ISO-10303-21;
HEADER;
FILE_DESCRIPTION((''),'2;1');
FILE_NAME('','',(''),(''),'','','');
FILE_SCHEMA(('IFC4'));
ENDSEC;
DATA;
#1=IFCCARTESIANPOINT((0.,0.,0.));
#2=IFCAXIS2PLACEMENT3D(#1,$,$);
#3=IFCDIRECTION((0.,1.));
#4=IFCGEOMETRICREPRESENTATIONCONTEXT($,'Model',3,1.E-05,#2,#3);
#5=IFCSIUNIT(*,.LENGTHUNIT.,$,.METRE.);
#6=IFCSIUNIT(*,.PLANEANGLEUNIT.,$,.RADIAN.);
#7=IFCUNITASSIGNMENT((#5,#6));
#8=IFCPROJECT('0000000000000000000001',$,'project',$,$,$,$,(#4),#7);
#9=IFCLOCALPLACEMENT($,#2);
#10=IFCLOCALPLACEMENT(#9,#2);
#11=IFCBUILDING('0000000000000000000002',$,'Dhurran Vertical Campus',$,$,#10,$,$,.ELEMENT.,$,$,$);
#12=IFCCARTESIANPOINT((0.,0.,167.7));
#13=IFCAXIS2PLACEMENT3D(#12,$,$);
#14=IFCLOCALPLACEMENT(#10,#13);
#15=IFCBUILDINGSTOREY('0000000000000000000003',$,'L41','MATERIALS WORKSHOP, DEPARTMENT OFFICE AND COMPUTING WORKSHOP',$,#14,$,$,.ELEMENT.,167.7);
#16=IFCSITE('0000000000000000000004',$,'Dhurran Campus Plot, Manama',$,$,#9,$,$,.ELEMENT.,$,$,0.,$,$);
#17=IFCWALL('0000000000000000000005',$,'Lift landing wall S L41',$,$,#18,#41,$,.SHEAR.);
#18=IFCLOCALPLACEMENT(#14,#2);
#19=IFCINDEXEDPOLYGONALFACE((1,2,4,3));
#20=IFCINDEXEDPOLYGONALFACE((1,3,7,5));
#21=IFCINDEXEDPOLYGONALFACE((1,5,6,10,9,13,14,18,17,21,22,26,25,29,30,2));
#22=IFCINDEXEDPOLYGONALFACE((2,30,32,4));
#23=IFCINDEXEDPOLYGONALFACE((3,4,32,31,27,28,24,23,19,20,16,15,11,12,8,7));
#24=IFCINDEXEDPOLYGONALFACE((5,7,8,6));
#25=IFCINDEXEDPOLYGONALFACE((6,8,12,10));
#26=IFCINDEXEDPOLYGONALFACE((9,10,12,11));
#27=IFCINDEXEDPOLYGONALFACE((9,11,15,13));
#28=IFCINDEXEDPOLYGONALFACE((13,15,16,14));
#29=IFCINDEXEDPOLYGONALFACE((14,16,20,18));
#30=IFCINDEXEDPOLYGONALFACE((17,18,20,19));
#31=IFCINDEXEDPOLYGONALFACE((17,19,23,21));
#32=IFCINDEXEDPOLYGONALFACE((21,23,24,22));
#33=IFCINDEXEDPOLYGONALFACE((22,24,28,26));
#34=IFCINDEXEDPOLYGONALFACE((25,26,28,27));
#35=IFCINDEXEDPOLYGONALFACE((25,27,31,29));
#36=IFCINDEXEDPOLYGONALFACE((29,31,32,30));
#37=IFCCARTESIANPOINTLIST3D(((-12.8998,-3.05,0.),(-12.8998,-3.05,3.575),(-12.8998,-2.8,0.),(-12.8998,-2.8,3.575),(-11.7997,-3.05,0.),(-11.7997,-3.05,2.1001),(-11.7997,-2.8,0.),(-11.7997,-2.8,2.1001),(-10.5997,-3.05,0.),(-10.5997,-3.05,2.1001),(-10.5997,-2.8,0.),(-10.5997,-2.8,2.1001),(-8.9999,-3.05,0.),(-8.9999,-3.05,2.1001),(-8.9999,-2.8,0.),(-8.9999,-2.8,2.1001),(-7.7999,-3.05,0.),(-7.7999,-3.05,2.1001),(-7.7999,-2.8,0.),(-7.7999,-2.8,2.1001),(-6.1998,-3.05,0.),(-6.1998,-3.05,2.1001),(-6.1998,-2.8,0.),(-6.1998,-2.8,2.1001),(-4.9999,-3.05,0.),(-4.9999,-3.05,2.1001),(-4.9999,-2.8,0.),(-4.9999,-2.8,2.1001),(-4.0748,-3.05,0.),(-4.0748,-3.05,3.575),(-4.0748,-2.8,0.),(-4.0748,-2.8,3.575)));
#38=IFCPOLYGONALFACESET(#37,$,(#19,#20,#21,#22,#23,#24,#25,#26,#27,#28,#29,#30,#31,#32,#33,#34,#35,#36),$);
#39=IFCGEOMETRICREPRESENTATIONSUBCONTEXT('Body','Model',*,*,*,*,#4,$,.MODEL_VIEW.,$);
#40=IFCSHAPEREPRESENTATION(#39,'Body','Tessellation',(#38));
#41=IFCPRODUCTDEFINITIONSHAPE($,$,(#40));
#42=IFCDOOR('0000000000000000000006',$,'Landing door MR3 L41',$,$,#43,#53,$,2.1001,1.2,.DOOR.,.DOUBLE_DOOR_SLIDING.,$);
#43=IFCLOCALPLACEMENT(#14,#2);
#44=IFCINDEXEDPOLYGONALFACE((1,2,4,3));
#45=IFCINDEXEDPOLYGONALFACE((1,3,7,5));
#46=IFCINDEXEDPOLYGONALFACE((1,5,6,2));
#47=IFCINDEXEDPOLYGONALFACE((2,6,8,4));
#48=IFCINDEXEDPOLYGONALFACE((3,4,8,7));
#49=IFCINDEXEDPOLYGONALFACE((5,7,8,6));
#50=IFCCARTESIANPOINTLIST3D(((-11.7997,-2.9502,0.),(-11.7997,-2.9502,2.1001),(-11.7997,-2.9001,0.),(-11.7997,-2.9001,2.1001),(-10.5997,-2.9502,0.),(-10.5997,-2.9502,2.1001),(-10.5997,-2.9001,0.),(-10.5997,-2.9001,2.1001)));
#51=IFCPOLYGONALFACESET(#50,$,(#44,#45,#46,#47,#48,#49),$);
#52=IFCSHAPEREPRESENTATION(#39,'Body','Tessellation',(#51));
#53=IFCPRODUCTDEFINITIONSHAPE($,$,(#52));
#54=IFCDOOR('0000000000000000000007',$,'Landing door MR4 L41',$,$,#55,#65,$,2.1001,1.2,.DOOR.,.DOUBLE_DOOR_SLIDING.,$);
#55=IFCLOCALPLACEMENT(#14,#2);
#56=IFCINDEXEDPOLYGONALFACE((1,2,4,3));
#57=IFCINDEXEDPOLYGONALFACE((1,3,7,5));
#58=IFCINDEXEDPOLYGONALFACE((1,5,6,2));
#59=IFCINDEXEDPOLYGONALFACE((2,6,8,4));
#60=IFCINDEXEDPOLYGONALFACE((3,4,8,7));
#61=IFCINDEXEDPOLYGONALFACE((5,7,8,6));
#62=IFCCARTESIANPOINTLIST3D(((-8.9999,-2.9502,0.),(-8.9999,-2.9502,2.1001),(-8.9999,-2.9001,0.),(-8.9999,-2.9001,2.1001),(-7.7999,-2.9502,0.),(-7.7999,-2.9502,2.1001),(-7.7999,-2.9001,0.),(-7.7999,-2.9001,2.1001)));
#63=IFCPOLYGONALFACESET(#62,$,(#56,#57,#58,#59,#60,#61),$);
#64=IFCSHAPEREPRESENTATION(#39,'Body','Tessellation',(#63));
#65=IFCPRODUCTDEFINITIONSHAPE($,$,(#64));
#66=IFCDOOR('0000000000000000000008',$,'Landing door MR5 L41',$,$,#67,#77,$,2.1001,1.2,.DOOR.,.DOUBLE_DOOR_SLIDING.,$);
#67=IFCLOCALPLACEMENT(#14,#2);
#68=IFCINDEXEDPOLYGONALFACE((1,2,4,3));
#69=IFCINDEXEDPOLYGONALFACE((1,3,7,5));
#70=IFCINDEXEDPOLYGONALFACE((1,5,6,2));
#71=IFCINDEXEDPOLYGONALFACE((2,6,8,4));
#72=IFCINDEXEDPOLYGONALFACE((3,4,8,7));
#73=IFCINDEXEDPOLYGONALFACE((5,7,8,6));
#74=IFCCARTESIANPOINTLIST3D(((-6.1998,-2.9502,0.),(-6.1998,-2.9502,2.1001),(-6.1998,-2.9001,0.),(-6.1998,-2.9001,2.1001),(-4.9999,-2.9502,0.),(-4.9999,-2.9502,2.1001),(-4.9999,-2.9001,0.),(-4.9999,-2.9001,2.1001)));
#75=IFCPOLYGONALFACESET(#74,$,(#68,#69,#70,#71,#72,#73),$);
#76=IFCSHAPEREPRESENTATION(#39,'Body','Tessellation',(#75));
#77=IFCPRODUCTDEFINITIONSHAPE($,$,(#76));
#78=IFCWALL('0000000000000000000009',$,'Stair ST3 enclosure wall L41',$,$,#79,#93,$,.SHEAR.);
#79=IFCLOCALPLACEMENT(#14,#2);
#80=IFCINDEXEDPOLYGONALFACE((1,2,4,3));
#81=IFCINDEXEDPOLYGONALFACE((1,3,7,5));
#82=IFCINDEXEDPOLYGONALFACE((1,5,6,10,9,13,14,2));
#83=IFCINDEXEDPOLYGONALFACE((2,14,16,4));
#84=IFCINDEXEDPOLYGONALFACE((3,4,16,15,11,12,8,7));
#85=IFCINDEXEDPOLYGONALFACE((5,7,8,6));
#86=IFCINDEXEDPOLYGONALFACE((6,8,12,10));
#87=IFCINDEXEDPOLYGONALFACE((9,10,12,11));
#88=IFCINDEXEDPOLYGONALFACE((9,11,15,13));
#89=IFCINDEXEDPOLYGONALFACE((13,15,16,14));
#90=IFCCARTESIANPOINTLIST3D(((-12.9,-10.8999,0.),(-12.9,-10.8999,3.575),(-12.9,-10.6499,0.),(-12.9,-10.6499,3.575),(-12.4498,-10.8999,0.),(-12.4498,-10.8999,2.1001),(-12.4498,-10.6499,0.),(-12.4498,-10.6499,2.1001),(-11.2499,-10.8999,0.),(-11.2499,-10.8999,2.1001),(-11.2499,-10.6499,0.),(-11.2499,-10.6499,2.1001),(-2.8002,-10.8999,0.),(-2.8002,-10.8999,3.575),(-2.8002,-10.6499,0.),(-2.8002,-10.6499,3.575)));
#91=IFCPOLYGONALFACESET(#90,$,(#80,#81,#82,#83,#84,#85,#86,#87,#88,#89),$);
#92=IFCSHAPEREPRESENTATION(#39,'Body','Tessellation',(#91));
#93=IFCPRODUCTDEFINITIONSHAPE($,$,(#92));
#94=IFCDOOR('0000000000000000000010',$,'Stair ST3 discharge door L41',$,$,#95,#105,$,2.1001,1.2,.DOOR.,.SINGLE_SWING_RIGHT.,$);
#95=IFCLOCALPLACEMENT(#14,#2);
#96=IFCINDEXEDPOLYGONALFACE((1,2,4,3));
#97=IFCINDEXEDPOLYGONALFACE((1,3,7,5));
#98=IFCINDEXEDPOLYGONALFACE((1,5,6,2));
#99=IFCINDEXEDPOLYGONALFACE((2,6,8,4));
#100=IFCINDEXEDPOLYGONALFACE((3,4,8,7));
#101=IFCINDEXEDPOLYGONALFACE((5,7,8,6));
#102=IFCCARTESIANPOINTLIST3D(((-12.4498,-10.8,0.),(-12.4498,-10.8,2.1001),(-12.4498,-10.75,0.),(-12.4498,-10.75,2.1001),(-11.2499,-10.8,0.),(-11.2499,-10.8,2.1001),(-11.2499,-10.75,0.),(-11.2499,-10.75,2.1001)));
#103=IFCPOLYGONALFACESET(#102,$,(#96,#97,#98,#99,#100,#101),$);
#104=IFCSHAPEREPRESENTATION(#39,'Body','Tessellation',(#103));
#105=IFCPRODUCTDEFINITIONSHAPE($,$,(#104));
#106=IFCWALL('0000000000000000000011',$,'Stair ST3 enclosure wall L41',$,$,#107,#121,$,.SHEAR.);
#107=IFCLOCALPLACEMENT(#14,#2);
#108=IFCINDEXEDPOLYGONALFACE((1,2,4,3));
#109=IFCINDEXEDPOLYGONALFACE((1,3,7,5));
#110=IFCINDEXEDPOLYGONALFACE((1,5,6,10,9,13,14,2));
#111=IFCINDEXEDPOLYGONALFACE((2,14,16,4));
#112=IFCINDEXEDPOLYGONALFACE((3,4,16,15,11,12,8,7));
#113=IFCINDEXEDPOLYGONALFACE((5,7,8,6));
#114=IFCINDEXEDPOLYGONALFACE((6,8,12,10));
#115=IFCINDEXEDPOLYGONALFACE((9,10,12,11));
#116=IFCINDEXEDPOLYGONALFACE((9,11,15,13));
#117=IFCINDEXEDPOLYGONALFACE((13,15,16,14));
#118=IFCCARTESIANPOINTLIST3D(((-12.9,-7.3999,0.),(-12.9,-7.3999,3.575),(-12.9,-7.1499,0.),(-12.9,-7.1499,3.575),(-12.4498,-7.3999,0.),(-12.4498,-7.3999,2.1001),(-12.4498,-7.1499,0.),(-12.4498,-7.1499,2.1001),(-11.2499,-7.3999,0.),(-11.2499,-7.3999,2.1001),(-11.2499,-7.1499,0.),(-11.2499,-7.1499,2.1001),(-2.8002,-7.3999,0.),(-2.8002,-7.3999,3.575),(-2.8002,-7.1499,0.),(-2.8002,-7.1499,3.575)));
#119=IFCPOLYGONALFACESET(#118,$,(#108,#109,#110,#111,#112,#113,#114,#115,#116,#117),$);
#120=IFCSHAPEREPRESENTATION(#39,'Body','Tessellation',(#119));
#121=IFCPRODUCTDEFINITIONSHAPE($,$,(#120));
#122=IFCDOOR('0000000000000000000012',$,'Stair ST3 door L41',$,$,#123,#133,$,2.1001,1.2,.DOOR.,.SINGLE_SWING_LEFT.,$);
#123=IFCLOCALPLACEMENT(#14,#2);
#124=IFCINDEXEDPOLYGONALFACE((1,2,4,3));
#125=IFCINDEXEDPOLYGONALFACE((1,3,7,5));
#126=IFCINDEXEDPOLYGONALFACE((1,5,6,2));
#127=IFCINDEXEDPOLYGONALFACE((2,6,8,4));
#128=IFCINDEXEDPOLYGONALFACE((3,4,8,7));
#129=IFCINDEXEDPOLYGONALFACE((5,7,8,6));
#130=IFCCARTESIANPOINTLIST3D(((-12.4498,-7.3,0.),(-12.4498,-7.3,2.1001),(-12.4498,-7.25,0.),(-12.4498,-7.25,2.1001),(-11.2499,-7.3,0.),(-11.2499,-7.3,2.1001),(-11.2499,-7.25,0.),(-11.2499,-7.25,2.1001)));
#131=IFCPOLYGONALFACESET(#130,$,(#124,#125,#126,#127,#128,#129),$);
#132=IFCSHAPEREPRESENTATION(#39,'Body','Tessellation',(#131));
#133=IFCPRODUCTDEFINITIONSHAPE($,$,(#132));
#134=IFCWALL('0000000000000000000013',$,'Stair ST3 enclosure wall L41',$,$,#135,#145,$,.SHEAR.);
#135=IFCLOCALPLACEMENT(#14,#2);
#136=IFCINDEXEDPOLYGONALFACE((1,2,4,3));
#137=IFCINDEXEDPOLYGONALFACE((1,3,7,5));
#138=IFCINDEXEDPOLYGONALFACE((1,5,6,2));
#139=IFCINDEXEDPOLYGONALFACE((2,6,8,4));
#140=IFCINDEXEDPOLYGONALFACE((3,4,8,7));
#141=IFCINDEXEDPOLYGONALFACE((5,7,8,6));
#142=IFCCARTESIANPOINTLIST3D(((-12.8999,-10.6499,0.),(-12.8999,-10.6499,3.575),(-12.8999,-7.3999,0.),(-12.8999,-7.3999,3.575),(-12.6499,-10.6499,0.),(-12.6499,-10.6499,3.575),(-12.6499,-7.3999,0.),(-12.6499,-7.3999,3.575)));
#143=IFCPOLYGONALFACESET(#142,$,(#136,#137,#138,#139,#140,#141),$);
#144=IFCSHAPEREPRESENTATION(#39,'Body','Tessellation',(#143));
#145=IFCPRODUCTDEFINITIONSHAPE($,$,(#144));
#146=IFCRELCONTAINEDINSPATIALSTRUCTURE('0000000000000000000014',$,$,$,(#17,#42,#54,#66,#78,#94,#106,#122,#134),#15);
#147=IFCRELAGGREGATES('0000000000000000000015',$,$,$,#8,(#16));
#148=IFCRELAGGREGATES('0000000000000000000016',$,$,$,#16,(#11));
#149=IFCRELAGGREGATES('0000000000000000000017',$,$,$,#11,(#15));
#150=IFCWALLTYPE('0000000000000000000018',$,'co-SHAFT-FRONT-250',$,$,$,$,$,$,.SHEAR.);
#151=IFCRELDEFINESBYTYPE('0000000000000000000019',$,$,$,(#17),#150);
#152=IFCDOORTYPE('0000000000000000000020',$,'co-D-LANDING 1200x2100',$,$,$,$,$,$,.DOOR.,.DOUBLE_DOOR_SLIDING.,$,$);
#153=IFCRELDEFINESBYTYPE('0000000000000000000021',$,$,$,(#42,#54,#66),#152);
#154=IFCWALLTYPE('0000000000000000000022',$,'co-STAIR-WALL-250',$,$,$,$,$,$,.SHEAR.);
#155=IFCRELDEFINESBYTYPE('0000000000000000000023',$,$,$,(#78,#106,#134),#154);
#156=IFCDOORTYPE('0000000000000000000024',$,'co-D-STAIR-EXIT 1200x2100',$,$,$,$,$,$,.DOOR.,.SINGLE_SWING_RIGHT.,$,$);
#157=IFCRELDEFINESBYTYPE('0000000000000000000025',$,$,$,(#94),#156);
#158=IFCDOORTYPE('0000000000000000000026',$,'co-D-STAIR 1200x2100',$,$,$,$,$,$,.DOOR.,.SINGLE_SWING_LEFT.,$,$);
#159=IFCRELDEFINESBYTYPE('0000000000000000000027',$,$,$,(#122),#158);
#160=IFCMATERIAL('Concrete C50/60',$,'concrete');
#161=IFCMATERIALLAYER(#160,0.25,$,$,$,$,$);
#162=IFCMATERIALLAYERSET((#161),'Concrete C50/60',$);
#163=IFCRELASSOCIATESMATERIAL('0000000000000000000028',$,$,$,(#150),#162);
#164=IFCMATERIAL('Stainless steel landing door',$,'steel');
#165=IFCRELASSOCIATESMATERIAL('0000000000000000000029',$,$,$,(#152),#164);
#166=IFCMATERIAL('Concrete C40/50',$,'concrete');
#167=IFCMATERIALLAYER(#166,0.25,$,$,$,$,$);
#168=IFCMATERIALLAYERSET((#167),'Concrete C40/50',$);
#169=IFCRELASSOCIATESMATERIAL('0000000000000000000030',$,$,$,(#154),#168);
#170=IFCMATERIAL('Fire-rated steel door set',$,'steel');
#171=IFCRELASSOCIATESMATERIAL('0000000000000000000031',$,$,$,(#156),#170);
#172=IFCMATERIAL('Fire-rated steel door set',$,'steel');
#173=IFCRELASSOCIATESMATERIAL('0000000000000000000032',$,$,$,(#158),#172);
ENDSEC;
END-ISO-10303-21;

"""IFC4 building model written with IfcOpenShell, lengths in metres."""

from ifc_helpers import new_model, si_unit, direction, frame, frame_2d, origin, place, context, subcontext, project, spatial, rectangle, extrude, material, layer, layer_set, type_object, element, fill, save


model = new_model("IFC4")

# Units and contexts
model_context = context("Model", 3, precision=1e-05, world=origin(), true_north=direction((0.0, 1.0)))
body_context = subcontext(model_context, "Body", "Model", "MODEL_VIEW")
ifc_project = project(units=[si_unit("LENGTHUNIT", "METRE"), si_unit("PLANEANGLEUNIT", "RADIAN")], contexts=[model_context])

# Site, building, storey
site_placement = place(None, origin())
site = spatial("IfcSite", under=ifc_project, at=site_placement, Name="Dhurran Campus Plot, Manama", CompositionType="ELEMENT", RefElevation=0.0)
building_placement = place(site_placement, origin())
building = spatial("IfcBuilding", under=site, at=building_placement, Name="Dhurran Vertical Campus", CompositionType="ELEMENT")
storey_placement = place(building_placement, frame((0.0, 0.0, 167.7)))
storey = spatial("IfcBuildingStorey", under=building, at=storey_placement, Name="L41", Description="MATERIALS WORKSHOP, DEPARTMENT OFFICE AND COMPUTING WORKSHOP", CompositionType="ELEMENT", Elevation=167.7)

# Wall, openings, doors
ifc_material_1 = material(Name="Concrete C50/60", Category="concrete")
ifc_layer_1 = layer(ifc_material_1, 0.25)
ifc_layer_set_1 = layer_set([ifc_layer_1], Name="Concrete C50/60")
wall_type_1 = type_object("IfcWallType", Name="co-SHAFT-FRONT-250", PredefinedType="SHEAR", material=ifc_layer_set_1)
wall_1_placement = place(storey_placement, frame((-12.8999, -2.925, 0.0), z_axis=(0.0, 0.0, 1.0), x_axis=(1.0, 0.0, 0.0)))
wall_1 = element("IfcWall", 1, at=wall_1_placement, inside=storey, type_object=wall_type_1, Name="Lift landing wall S L41", PredefinedType="SHEAR", context=body_context, shape_type="SweptSolid", body=[
    extrude(rectangle(XDim=8.825, YDim=0.25, at=frame_2d((4.4126, 0.0))), origin(), (0.0, 0.0, 1.0), 3.575),
])
opening_1_placement = place(wall_1_placement, frame((1.1001, 0.0, 0.0)))
opening_1 = element("IfcOpeningElement", 2, at=opening_1_placement, cuts=wall_1, PredefinedType="OPENING", context=body_context, shape_type="SweptSolid", body=[
    extrude(rectangle(XDim=1.2, YDim=2.1001, at=frame_2d((0.6001, 1.05))), frame((0.0, 0.135, 0.0), z_axis=(0.0, -1.0, 0.0), x_axis=(1.0, 0.0, 0.0)), (0.0, 0.0, 1.0), 0.27),
])
opening_2_placement = place(wall_1_placement, frame((3.8999, 0.0, 0.0)))
opening_2 = element("IfcOpeningElement", 3, at=opening_2_placement, cuts=wall_1, PredefinedType="OPENING", context=body_context, shape_type="SweptSolid", body=[
    extrude(rectangle(XDim=1.2, YDim=2.1001, at=frame_2d((0.6001, 1.05))), frame((0.0, 0.135, 0.0), z_axis=(0.0, -1.0, 0.0), x_axis=(1.0, 0.0, 0.0)), (0.0, 0.0, 1.0), 0.27),
])
opening_3_placement = place(wall_1_placement, frame((6.7, 0.0, 0.0)))
opening_3 = element("IfcOpeningElement", 4, at=opening_3_placement, cuts=wall_1, PredefinedType="OPENING", context=body_context, shape_type="SweptSolid", body=[
    extrude(rectangle(XDim=1.2, YDim=2.1001, at=frame_2d((0.6001, 1.05))), frame((0.0, 0.135, 0.0), z_axis=(0.0, -1.0, 0.0), x_axis=(1.0, 0.0, 0.0)), (0.0, 0.0, 1.0), 0.27),
])
ifc_material_2 = material(Name="Stainless steel landing door", Category="steel")
door_type_1 = type_object("IfcDoorType", Name="co-D-LANDING 1200x2100", OperationType="DOUBLE_DOOR_SLIDING", PredefinedType="DOOR", material=ifc_material_2)
door_1_placement = place(opening_1_placement, origin())
door_1 = element("IfcDoor", 5, at=door_1_placement, inside=storey, type_object=door_type_1, Name="Landing door MR3 L41", OperationType="DOUBLE_DOOR_SLIDING", OverallHeight=2.1001, OverallWidth=1.2, PredefinedType="DOOR", context=body_context, shape_type="SweptSolid", body=[
    extrude(rectangle(XDim=1.2, YDim=2.1001, at=frame_2d((0.6001, 1.05))), frame((0.0, 0.0249, 0.0), z_axis=(0.0, -1.0, 0.0), x_axis=(1.0, 0.0, 0.0)), (0.0, 0.0, 1.0), 0.05),
])
fill(opening_1, door_1)
door_2_placement = place(opening_2_placement, origin())
door_2 = element("IfcDoor", 6, at=door_2_placement, inside=storey, type_object=door_type_1, Name="Landing door MR4 L41", OperationType="DOUBLE_DOOR_SLIDING", OverallHeight=2.1001, OverallWidth=1.2, PredefinedType="DOOR", context=body_context, shape_type="SweptSolid", body=[
    extrude(rectangle(XDim=1.2, YDim=2.1001, at=frame_2d((0.6001, 1.05))), frame((0.0, 0.0249, 0.0), z_axis=(0.0, -1.0, 0.0), x_axis=(1.0, 0.0, 0.0)), (0.0, 0.0, 1.0), 0.05),
])
fill(opening_2, door_2)
door_3_placement = place(opening_3_placement, origin())
door_3 = element("IfcDoor", 7, at=door_3_placement, inside=storey, type_object=door_type_1, Name="Landing door MR5 L41", OperationType="DOUBLE_DOOR_SLIDING", OverallHeight=2.1001, OverallWidth=1.2, PredefinedType="DOOR", context=body_context, shape_type="SweptSolid", body=[
    extrude(rectangle(XDim=1.2, YDim=2.1001, at=frame_2d((0.6001, 1.05))), frame((0.0, 0.0249, 0.0), z_axis=(0.0, -1.0, 0.0), x_axis=(1.0, 0.0, 0.0)), (0.0, 0.0, 1.0), 0.05),
])
fill(opening_3, door_3)

# Walls, openings, doors
ifc_material_3 = material(Name="Concrete C40/50", Category="concrete")
ifc_layer_2 = layer(ifc_material_3, 0.25)
ifc_layer_set_2 = layer_set([ifc_layer_2], Name="Concrete C40/50")
wall_type_2 = type_object("IfcWallType", Name="co-STAIR-WALL-250", PredefinedType="SHEAR", material=ifc_layer_set_2)
wall_2_placement = place(storey_placement, frame((-12.8999, -10.7749, 0.0), z_axis=(0.0, 0.0, 1.0), x_axis=(1.0, 0.0, 0.0)))
wall_2 = element("IfcWall", 8, at=wall_2_placement, inside=storey, type_object=wall_type_2, Name="Stair ST3 enclosure wall L41", PredefinedType="SHEAR", context=body_context, shape_type="SweptSolid", body=[
    extrude(rectangle(XDim=10.0999, YDim=0.25, at=frame_2d((5.0498, 0.0))), origin(), (0.0, 0.0, 1.0), 3.575),
])
opening_4_placement = place(wall_2_placement, frame((0.45, 0.0, 0.0)))
opening_4 = element("IfcOpeningElement", 9, at=opening_4_placement, cuts=wall_2, PredefinedType="OPENING", context=body_context, shape_type="SweptSolid", body=[
    extrude(rectangle(XDim=1.2, YDim=2.1001, at=frame_2d((0.6001, 1.05))), frame((0.0, 0.135, 0.0), z_axis=(0.0, -1.0, 0.0), x_axis=(1.0, 0.0, 0.0)), (0.0, 0.0, 1.0), 0.27),
])
ifc_material_4 = material(Name="Fire-rated steel door set", Category="steel")
door_type_2 = type_object("IfcDoorType", Name="co-D-STAIR-EXIT 1200x2100", OperationType="SINGLE_SWING_RIGHT", PredefinedType="DOOR", material=ifc_material_4)
door_4_placement = place(opening_4_placement, origin())
door_4 = element("IfcDoor", 10, at=door_4_placement, inside=storey, type_object=door_type_2, Name="Stair ST3 discharge door L41", OperationType="SINGLE_SWING_RIGHT", OverallHeight=2.1001, OverallWidth=1.2, PredefinedType="DOOR", context=body_context, shape_type="SweptSolid", body=[
    extrude(rectangle(XDim=1.2, YDim=2.1001, at=frame_2d((0.6001, 1.05))), frame((0.0, 0.0249, 0.0), z_axis=(0.0, -1.0, 0.0), x_axis=(1.0, 0.0, 0.0)), (0.0, 0.0, 1.0), 0.05),
])
fill(opening_4, door_4)
wall_3_placement = place(storey_placement, frame((-12.8999, -7.2749, 0.0), z_axis=(0.0, 0.0, 1.0), x_axis=(1.0, 0.0, 0.0)))
wall_3 = element("IfcWall", 11, at=wall_3_placement, inside=storey, type_object=wall_type_2, Name="Stair ST3 enclosure wall L41", PredefinedType="SHEAR", context=body_context, shape_type="SweptSolid", body=[
    extrude(rectangle(XDim=10.0999, YDim=0.25, at=frame_2d((5.0498, 0.0))), origin(), (0.0, 0.0, 1.0), 3.575),
])
opening_5_placement = place(wall_3_placement, frame((0.45, 0.0, 0.0)))
opening_5 = element("IfcOpeningElement", 12, at=opening_5_placement, cuts=wall_3, PredefinedType="OPENING", context=body_context, shape_type="SweptSolid", body=[
    extrude(rectangle(XDim=1.2, YDim=2.1001, at=frame_2d((0.6001, 1.05))), frame((0.0, 0.135, 0.0), z_axis=(0.0, -1.0, 0.0), x_axis=(1.0, 0.0, 0.0)), (0.0, 0.0, 1.0), 0.27),
])
ifc_material_5 = material(Name="Fire-rated steel door set", Category="steel")
door_type_3 = type_object("IfcDoorType", Name="co-D-STAIR 1200x2100", OperationType="SINGLE_SWING_LEFT", PredefinedType="DOOR", material=ifc_material_5)
door_5_placement = place(opening_5_placement, origin())
door_5 = element("IfcDoor", 13, at=door_5_placement, inside=storey, type_object=door_type_3, Name="Stair ST3 door L41", OperationType="SINGLE_SWING_LEFT", OverallHeight=2.1001, OverallWidth=1.2, PredefinedType="DOOR", context=body_context, shape_type="SweptSolid", body=[
    extrude(rectangle(XDim=1.2, YDim=2.1001, at=frame_2d((0.6001, 1.05))), frame((0.0, 0.0249, 0.0), z_axis=(0.0, -1.0, 0.0), x_axis=(1.0, 0.0, 0.0)), (0.0, 0.0, 1.0), 0.05),
])
fill(opening_5, door_5)

# Wall
wall_4_placement = place(storey_placement, frame((-12.7749, -10.6499, 0.0), z_axis=(0.0, 0.0, 1.0), x_axis=(0.0, 1.0, 0.0)))
element("IfcWall", 14, at=wall_4_placement, inside=storey, type_object=wall_type_2, Name="Stair ST3 enclosure wall L41", PredefinedType="SHEAR", context=body_context, shape_type="SweptSolid", body=[
    extrude(rectangle(XDim=3.25, YDim=0.25, at=frame_2d((1.625, 0.0))), origin(), (0.0, 0.0, 1.0), 3.575),
])

save(model, "model.ifc")
